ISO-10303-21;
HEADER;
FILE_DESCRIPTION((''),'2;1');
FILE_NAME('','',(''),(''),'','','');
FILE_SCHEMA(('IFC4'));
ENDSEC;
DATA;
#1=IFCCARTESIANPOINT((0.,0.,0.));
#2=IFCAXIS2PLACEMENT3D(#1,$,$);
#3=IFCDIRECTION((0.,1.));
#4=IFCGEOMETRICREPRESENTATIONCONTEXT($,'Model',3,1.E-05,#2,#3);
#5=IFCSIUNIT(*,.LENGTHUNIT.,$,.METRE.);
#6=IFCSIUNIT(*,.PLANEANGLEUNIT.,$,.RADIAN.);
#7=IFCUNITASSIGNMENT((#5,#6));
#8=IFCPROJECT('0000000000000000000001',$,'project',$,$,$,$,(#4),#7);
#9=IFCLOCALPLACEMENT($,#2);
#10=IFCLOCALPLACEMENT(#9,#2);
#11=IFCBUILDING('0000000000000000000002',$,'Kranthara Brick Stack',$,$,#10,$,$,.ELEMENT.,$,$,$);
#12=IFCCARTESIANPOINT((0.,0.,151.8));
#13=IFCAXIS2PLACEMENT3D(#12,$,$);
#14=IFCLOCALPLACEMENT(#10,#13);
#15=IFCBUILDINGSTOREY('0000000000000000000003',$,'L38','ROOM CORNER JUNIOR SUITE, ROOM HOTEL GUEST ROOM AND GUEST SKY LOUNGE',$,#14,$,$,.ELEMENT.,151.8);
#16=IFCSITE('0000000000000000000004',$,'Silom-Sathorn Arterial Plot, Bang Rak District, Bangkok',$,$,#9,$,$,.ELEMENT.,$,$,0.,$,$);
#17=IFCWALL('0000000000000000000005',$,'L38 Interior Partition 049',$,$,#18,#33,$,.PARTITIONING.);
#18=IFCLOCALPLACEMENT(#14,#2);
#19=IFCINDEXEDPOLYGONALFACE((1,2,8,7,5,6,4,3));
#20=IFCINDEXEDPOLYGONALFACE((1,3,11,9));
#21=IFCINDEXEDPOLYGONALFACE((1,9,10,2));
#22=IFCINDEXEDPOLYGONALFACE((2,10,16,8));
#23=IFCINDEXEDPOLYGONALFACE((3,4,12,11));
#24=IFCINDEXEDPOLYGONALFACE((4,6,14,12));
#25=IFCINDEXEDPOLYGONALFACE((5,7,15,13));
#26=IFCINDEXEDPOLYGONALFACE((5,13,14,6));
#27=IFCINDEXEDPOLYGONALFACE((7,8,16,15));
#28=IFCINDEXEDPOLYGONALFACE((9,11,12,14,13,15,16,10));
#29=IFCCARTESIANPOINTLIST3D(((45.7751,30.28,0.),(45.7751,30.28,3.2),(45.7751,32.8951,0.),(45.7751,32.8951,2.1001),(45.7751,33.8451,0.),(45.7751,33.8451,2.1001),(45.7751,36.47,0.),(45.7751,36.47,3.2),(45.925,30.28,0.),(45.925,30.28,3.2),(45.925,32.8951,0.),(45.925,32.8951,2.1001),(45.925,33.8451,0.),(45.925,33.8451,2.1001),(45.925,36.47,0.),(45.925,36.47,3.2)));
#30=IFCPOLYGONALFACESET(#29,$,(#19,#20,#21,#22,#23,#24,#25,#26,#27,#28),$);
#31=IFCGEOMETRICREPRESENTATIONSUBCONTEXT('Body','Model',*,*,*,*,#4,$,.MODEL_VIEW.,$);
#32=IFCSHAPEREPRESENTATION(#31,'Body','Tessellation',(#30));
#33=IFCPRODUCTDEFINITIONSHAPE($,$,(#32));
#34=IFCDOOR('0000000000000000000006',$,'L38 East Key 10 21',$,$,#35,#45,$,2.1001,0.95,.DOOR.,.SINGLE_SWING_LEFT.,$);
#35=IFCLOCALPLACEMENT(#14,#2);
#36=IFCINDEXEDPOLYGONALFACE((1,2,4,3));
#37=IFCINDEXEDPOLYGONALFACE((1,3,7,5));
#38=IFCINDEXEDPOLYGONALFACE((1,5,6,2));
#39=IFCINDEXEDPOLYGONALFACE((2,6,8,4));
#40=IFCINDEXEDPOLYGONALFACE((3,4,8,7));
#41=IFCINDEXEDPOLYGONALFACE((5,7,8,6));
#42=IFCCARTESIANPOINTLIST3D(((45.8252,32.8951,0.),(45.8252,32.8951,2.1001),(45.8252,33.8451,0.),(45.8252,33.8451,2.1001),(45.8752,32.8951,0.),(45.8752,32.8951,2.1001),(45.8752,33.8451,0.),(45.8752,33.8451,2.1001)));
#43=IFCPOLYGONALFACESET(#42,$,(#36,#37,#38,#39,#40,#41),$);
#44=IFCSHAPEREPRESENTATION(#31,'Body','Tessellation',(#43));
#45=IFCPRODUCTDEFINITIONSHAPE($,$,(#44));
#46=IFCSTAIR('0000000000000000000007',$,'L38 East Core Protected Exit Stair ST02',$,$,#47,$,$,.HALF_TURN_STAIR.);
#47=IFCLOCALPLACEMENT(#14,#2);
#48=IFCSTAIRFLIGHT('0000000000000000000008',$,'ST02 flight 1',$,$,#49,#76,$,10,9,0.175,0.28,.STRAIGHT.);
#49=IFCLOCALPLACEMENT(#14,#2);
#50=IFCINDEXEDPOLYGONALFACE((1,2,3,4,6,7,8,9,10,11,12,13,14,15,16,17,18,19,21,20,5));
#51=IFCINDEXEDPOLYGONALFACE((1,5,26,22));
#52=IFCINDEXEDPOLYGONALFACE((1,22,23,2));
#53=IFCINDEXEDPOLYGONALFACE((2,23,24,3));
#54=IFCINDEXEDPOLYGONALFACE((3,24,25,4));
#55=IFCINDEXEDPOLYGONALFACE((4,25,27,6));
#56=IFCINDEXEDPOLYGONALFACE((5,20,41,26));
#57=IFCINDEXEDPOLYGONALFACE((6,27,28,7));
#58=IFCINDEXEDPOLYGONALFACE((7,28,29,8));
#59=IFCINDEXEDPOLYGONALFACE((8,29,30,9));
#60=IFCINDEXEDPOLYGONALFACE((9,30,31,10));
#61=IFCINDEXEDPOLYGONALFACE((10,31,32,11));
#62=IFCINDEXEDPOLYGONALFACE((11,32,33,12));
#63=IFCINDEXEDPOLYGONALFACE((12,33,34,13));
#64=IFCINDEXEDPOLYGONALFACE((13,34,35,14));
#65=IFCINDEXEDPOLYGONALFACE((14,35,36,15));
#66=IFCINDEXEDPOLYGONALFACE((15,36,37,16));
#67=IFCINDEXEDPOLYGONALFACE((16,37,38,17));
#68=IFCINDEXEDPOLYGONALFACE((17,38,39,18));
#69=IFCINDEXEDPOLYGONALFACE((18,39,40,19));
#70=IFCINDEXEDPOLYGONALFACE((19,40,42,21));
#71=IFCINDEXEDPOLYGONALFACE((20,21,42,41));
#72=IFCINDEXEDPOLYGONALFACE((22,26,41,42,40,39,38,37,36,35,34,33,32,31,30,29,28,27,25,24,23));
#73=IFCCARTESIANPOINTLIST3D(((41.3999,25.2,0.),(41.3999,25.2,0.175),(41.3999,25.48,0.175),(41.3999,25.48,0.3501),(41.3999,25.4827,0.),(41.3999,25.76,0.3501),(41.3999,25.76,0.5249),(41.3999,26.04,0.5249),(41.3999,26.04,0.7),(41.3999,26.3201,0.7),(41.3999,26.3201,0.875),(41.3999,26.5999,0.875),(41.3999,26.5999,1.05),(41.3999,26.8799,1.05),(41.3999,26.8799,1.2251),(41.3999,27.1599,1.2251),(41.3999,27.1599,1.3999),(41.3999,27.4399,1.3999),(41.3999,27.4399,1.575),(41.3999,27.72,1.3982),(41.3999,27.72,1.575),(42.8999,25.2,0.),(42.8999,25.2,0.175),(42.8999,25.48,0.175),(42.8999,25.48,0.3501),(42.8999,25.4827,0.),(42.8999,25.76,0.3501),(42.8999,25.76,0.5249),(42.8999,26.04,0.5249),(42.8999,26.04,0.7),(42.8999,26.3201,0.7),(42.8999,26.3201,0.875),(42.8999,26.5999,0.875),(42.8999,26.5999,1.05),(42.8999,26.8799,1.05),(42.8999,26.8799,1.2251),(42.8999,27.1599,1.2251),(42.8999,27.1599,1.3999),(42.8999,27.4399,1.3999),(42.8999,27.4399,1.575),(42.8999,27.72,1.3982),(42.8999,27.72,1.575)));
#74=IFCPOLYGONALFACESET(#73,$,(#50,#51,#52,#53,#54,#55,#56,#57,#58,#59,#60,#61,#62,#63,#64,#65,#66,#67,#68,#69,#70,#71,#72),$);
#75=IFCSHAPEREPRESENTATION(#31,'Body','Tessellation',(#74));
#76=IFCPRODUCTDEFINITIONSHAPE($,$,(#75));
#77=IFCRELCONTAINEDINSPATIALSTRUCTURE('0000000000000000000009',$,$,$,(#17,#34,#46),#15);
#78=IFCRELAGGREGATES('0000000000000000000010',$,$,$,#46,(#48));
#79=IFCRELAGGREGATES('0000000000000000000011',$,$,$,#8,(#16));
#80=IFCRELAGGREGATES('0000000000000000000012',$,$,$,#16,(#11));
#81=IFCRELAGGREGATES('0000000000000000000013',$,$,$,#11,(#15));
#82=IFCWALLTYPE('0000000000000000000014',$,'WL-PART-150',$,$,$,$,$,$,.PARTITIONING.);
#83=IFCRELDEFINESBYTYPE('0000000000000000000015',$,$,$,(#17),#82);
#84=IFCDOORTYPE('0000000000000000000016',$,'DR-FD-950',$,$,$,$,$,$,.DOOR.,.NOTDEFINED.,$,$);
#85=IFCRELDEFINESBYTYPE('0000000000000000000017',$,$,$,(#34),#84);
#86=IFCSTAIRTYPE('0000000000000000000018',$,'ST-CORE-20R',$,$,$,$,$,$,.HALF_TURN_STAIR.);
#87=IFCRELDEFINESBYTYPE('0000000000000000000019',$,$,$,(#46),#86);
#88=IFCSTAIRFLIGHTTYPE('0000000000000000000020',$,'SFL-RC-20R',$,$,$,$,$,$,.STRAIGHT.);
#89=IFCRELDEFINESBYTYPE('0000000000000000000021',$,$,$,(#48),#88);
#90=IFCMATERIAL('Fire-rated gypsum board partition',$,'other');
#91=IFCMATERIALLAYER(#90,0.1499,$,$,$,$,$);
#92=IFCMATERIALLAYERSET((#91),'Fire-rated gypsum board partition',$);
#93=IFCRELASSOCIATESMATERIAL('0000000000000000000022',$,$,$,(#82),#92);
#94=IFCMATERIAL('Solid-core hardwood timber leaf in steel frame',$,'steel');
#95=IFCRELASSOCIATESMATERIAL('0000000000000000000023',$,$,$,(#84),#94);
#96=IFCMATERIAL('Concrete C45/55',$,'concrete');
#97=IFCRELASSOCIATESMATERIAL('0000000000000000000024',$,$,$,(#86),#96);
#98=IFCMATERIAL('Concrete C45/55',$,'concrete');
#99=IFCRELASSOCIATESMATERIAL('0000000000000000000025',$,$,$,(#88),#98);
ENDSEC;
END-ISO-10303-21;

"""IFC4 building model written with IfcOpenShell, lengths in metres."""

from ifc_helpers import new_model, si_unit, direction, frame, frame_2d, origin, place, context, subcontext, project, spatial, polyline, rectangle, outline, extrude, material, layer, layer_set, type_object, element, fill, aggregate, save


model = new_model("IFC4")

# Units and contexts
model_context = context("Model", 3, precision=1e-05, world=origin(), true_north=direction((0.0, 1.0)))
body_context = subcontext(model_context, "Body", "Model", "MODEL_VIEW")
ifc_project = project(units=[si_unit("LENGTHUNIT", "METRE"), si_unit("PLANEANGLEUNIT", "RADIAN")], contexts=[model_context])

# Site, building, storey
site_placement = place(None, origin())
site = spatial("IfcSite", under=ifc_project, at=site_placement, Name="Silom-Sathorn Arterial Plot, Bang Rak District, Bangkok", CompositionType="ELEMENT", RefElevation=0.0)
building_placement = place(site_placement, origin())
building = spatial("IfcBuilding", under=site, at=building_placement, Name="Kranthara Brick Stack", CompositionType="ELEMENT")
storey_placement = place(building_placement, frame((0.0, 0.0, 151.8)))
storey = spatial("IfcBuildingStorey", under=building, at=storey_placement, Name="L38", Description="ROOM CORNER JUNIOR SUITE, ROOM HOTEL GUEST ROOM AND GUEST SKY LOUNGE", CompositionType="ELEMENT", Elevation=151.8)

# Shared definitions
ifc_material_1 = material(Name="Fire-rated gypsum board partition", Category="other")
ifc_layer_1 = layer(ifc_material_1, 0.1499)
ifc_layer_set_1 = layer_set([ifc_layer_1], Name="Fire-rated gypsum board partition")
wall_type_1 = type_object("IfcWallType", Name="WL-PART-150", PredefinedType="PARTITIONING", material=ifc_layer_set_1)

# Shared definitions
ifc_material_2 = material(Name="Solid-core hardwood timber leaf in steel frame", Category="steel")
door_type_1 = type_object("IfcDoorType", Name="DR-FD-950", OperationType="NOTDEFINED", PredefinedType="DOOR", material=ifc_material_2)

# Wall, opening, door
wall_1_placement = place(storey_placement, frame((45.8501, 30.28, 0.0), z_axis=(0.0, 0.0, 1.0), x_axis=(0.0, 1.0, 0.0)))
wall_1 = element("IfcWall", 1, at=wall_1_placement, inside=storey, type_object=wall_type_1, Name="L38 Interior Partition 049", PredefinedType="PARTITIONING", context=body_context, shape_type="SweptSolid", body=[
    extrude(rectangle(XDim=6.1899, YDim=0.1499, at=frame_2d((3.095, 0.0))), origin(), (0.0, 0.0, 1.0), 3.2),
])
opening_1_placement = place(wall_1_placement, frame((2.615, 0.0, 0.0)))
opening_1 = element("IfcOpeningElement", 2, at=opening_1_placement, cuts=wall_1, PredefinedType="OPENING", context=body_context, shape_type="SweptSolid", body=[
    extrude(rectangle(XDim=0.95, YDim=2.1001, at=frame_2d((0.4751, 1.05))), frame((0.0, 0.085, 0.0), z_axis=(0.0, -1.0, 0.0), x_axis=(1.0, 0.0, 0.0)), (0.0, 0.0, 1.0), 0.1699),
])
door_1_placement = place(opening_1_placement, origin())
door_1 = element("IfcDoor", 3, at=door_1_placement, inside=storey, type_object=door_type_1, Name="L38 East Key 10 21", OperationType="SINGLE_SWING_LEFT", OverallHeight=2.1001, OverallWidth=0.95, PredefinedType="DOOR", context=body_context, shape_type="SweptSolid", body=[
    extrude(rectangle(XDim=0.95, YDim=2.1001, at=frame_2d((0.4751, 1.05))), frame((0.0, 0.0249, 0.0), z_axis=(0.0, -1.0, 0.0), x_axis=(1.0, 0.0, 0.0)), (0.0, 0.0, 1.0), 0.05),
])
fill(opening_1, door_1)

# Stair, stair flight
ifc_material_3 = material(Name="Concrete C45/55", Category="concrete")
stair_type = type_object("IfcStairType", Name="ST-CORE-20R", PredefinedType="HALF_TURN_STAIR", material=ifc_material_3)
stair_placement = place(storey_placement, origin())
stair = element("IfcStair", 4, at=stair_placement, inside=storey, type_object=stair_type, Name="L38 East Core Protected Exit Stair ST02", PredefinedType="HALF_TURN_STAIR")
ifc_material_4 = material(Name="Concrete C45/55", Category="concrete")
stair_flight_type = type_object("IfcStairFlightType", Name="SFL-RC-20R", PredefinedType="STRAIGHT", material=ifc_material_4)
stair_flight_placement = place(storey_placement, frame((42.1499, 25.2, 0.0), z_axis=(0.0, 0.0, 1.0), x_axis=(0.0, 1.0, 0.0)))
stair_flight = element("IfcStairFlight", 5, at=stair_flight_placement, type_object=stair_flight_type, Name="ST02 flight 1", NumberOfRisers=10, NumberOfTreads=9, PredefinedType="STRAIGHT", RiserHeight=0.175, TreadLength=0.28, context=body_context, shape_type="SweptSolid", body=[
    extrude(outline(polyline([(0.0, 0.0), (0.0, 0.175), (0.28, 0.175), (0.28, 0.3501), (0.5601, 0.3501), (0.5601, 0.5249), (0.8401, 0.5249), (0.8401, 0.7), (1.1201, 0.7), (1.1201, 0.875), (1.3999, 0.875), (1.3999, 1.05), (1.6799, 1.05), (1.6799, 1.2251), (1.96, 1.2251), (1.96, 1.3999), (2.24, 1.3999), (2.24, 1.575), (2.52, 1.575), (2.52, 1.75), (2.52, 1.3982), (0.2827, 0.0), (0.0, 0.0)])), frame((0.0, 0.75, 0.0), z_axis=(0.0, -1.0, 0.0), x_axis=(1.0, 0.0, 0.0)), (0.0, 0.0, 1.0), 1.5),
])
aggregate(stair, [stair_flight])

save(model, "model.ifc")
